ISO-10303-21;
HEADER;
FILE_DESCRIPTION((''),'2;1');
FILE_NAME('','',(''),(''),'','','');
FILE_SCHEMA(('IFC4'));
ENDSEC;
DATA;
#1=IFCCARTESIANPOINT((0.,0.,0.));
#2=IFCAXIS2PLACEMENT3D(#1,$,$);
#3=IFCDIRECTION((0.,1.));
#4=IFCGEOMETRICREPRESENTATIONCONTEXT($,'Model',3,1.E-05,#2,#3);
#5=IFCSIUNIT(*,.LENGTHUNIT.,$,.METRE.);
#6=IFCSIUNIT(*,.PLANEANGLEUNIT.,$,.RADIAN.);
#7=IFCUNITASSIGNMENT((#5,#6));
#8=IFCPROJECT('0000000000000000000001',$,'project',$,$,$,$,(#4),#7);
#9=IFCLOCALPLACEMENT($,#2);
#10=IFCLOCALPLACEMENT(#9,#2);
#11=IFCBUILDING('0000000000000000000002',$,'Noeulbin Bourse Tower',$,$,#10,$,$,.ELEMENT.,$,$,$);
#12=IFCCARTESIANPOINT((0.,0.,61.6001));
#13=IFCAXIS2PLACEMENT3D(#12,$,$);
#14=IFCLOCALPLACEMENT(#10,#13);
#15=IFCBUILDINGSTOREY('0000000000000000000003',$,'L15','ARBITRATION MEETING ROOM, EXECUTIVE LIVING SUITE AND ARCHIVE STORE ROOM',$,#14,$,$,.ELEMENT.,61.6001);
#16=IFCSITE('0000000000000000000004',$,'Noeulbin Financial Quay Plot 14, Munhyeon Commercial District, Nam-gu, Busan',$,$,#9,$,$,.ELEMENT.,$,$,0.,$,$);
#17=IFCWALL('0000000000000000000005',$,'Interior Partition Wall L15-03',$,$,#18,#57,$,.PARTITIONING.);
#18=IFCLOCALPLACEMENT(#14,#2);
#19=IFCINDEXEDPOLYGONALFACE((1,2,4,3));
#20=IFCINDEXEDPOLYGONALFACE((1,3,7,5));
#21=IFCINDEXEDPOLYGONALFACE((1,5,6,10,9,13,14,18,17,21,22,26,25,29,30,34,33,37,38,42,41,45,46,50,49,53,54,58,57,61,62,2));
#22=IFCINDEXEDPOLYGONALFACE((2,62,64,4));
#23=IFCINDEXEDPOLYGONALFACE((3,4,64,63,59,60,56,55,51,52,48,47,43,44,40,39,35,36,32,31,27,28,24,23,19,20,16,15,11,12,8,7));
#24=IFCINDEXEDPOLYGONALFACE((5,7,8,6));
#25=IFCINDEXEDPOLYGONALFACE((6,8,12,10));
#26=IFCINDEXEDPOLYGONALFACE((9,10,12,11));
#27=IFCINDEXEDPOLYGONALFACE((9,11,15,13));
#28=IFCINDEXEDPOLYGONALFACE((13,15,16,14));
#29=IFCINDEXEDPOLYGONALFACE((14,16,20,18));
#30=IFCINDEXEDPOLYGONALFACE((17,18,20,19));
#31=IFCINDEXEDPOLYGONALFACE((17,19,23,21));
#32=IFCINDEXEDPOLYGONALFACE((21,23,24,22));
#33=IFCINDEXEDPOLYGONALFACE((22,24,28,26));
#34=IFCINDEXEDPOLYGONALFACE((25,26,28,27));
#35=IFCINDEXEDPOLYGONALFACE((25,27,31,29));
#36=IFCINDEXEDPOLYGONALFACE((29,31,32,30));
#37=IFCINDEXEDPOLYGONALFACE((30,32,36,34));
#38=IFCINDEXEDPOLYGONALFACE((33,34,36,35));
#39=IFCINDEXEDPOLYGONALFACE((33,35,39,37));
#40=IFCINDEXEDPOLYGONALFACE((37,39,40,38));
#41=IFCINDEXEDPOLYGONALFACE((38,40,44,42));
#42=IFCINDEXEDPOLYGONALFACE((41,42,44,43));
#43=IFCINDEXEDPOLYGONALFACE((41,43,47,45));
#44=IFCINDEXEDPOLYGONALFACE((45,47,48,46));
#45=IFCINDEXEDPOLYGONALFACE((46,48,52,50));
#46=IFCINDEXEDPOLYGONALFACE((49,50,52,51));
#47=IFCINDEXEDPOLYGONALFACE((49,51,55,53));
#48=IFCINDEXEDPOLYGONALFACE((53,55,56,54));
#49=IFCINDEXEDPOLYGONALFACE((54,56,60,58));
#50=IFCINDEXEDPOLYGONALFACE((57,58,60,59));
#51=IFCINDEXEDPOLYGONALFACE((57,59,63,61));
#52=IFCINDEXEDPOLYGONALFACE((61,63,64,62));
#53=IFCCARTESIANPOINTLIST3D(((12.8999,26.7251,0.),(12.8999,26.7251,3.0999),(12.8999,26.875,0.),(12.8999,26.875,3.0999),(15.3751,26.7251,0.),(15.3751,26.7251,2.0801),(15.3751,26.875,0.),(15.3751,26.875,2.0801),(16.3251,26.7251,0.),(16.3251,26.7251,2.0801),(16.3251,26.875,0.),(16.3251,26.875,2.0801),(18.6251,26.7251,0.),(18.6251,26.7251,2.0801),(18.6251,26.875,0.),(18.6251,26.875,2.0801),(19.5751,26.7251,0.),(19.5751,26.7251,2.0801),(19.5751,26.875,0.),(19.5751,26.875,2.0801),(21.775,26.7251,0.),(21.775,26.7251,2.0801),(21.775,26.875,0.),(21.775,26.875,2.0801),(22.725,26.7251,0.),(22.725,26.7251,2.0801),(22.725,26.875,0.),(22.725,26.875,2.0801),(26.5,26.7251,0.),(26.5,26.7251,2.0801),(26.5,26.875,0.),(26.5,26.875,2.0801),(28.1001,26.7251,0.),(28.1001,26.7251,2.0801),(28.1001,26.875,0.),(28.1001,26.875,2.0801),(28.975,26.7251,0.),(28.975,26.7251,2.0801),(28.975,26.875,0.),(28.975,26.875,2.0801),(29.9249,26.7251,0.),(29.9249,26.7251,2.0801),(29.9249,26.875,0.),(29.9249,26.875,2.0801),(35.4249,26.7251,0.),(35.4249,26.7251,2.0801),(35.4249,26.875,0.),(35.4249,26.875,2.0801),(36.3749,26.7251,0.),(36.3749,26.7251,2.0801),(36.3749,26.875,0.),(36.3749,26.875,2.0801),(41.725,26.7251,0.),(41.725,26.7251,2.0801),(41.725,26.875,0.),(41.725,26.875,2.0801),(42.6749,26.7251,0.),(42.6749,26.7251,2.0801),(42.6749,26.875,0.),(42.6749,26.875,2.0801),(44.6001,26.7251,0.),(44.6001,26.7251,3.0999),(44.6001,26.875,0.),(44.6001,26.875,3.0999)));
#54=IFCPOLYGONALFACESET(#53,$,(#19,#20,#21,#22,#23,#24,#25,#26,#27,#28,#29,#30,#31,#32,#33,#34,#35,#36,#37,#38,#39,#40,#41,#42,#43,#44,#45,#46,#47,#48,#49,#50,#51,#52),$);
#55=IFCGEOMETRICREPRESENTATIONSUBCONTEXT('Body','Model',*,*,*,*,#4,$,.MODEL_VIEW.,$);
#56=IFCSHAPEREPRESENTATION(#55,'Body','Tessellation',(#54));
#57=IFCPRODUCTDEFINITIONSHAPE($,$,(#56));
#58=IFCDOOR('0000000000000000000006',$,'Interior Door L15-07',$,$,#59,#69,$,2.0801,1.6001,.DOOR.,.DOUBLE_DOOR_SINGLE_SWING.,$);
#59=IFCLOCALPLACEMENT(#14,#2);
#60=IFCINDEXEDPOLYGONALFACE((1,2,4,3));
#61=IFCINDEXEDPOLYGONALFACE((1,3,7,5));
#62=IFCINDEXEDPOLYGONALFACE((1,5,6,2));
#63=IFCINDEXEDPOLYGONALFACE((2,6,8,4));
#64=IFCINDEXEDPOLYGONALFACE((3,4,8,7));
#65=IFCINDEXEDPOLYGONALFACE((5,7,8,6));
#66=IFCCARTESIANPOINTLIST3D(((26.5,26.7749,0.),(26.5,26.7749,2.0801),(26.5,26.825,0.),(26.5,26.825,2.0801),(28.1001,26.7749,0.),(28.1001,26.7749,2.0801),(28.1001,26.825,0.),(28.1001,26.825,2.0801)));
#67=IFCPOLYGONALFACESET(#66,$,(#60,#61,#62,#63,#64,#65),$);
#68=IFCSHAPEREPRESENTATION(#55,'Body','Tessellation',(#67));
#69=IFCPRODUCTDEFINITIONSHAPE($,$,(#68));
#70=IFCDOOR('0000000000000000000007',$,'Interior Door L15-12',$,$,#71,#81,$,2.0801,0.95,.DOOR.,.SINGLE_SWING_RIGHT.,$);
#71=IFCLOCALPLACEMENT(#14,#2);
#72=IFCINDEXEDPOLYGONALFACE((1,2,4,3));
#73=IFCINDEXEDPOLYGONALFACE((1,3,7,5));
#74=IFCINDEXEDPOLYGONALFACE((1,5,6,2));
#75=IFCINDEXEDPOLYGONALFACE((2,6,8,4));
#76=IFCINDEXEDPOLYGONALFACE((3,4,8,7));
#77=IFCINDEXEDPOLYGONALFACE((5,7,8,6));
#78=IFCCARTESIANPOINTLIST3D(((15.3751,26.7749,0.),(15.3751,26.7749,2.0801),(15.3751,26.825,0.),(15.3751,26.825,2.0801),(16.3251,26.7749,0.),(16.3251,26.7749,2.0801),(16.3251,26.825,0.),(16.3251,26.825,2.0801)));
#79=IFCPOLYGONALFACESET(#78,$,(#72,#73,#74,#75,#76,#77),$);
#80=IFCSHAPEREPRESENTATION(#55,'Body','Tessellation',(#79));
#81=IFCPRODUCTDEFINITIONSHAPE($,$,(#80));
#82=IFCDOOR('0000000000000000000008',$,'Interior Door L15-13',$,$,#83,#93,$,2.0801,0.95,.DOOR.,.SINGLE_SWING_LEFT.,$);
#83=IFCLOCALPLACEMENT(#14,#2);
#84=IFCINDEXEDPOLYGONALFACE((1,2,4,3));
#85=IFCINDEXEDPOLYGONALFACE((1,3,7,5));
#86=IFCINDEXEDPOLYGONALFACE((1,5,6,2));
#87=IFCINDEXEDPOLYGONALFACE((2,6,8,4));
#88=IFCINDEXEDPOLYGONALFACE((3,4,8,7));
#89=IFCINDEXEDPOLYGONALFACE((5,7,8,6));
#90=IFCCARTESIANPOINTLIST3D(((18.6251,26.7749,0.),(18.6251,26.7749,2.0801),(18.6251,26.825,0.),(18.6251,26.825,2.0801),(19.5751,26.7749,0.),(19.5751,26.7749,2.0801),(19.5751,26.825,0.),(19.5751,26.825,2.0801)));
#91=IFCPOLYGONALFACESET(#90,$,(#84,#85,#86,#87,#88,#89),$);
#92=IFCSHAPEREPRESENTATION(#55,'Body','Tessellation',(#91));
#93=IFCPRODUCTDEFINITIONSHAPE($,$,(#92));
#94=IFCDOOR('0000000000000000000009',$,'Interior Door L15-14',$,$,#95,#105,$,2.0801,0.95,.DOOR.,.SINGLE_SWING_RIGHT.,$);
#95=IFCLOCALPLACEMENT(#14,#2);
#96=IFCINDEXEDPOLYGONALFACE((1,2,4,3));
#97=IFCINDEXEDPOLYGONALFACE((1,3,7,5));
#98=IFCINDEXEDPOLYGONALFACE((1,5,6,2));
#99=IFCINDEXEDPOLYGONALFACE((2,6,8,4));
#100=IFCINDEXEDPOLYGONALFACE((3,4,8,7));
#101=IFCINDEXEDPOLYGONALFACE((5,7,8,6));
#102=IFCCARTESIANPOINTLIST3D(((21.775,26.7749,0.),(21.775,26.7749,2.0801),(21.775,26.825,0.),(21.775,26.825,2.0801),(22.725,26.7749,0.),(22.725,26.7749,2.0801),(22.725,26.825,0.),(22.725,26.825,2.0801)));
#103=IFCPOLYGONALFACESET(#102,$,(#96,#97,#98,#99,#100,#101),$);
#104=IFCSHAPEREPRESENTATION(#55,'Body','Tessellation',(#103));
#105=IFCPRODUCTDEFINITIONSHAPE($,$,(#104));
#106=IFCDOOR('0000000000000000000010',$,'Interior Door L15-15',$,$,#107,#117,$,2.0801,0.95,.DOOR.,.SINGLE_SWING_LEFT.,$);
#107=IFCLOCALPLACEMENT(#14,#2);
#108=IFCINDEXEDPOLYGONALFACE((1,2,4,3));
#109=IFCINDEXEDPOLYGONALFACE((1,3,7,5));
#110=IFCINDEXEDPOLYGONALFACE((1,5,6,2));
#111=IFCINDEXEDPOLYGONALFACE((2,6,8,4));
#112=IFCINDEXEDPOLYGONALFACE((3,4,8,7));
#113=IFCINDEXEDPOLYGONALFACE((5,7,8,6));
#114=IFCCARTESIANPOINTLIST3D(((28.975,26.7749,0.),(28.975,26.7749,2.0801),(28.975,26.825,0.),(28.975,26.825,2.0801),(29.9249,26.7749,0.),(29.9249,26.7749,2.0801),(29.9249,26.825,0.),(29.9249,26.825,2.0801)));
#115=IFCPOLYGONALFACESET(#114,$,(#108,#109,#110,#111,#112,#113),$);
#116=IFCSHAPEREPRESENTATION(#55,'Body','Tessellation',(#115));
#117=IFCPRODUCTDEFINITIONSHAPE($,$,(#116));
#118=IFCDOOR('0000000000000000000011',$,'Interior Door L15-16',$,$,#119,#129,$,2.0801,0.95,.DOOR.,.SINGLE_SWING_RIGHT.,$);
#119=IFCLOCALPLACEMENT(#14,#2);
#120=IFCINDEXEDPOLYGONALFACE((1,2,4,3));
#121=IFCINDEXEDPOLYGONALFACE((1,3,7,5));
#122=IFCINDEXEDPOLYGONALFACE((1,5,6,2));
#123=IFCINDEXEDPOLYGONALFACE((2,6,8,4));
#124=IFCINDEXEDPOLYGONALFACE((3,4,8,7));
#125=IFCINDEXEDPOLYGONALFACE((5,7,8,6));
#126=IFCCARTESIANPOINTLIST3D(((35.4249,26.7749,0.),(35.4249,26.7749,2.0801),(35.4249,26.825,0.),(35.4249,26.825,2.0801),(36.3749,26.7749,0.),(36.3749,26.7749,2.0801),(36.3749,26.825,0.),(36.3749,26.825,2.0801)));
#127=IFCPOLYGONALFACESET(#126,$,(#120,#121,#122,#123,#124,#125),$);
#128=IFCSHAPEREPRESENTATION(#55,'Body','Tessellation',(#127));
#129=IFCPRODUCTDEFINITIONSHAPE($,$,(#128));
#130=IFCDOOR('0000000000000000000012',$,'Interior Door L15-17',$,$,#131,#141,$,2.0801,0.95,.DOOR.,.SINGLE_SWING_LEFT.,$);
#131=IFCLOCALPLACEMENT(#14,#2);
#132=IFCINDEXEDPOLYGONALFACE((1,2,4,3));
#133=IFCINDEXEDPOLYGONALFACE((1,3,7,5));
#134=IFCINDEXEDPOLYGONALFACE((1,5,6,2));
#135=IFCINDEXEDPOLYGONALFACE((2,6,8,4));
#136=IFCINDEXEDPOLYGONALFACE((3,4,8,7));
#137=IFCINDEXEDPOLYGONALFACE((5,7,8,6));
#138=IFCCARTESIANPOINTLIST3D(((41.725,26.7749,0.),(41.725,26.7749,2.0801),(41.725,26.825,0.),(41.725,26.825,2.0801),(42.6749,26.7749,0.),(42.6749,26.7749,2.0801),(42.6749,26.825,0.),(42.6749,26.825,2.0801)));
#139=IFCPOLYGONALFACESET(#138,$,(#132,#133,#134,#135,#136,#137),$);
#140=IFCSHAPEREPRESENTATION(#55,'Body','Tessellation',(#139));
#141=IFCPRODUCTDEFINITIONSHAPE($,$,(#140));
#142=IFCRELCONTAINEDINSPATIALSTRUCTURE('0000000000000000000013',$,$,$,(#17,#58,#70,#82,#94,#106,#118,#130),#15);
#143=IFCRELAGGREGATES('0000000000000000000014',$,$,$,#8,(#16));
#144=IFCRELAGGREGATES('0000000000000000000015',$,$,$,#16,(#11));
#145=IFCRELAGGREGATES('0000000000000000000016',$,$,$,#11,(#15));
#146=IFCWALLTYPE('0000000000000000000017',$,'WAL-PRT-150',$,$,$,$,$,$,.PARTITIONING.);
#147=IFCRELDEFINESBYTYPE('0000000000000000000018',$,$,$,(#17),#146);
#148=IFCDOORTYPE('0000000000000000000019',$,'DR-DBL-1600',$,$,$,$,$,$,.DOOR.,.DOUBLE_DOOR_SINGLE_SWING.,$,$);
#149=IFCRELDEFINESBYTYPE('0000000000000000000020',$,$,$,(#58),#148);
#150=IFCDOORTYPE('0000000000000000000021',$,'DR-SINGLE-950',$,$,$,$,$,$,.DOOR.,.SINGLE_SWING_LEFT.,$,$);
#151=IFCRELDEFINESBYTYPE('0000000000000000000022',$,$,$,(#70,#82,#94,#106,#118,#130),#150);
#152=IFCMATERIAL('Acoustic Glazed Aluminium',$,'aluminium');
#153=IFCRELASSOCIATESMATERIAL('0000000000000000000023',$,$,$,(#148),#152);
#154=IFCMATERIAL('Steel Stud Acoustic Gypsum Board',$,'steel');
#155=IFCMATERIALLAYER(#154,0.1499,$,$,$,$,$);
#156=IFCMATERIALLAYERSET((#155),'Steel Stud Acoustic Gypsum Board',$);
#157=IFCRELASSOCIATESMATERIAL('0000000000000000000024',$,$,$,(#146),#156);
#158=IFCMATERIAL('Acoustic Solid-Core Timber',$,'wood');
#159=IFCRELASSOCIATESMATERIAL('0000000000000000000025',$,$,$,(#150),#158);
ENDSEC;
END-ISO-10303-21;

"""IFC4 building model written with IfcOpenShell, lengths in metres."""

from ifc_helpers import new_model, si_unit, direction, frame, frame_2d, origin, place, context, subcontext, project, spatial, rectangle, extrude, material, layer, layer_set, type_object, element, fill, save


model = new_model("IFC4")

# Units and contexts
model_context = context("Model", 3, precision=1e-05, world=origin(), true_north=direction((0.0, 1.0)))
body_context = subcontext(model_context, "Body", "Model", "MODEL_VIEW")
ifc_project = project(units=[si_unit("LENGTHUNIT", "METRE"), si_unit("PLANEANGLEUNIT", "RADIAN")], contexts=[model_context])

# Site, building, storey
site_placement = place(None, origin())
site = spatial("IfcSite", under=ifc_project, at=site_placement, Name="Noeulbin Financial Quay Plot 14, Munhyeon Commercial District, Nam-gu, Busan", CompositionType="ELEMENT", RefElevation=0.0)
building_placement = place(site_placement, origin())
building = spatial("IfcBuilding", under=site, at=building_placement, Name="Noeulbin Bourse Tower", CompositionType="ELEMENT")
storey_placement = place(building_placement, frame((0.0, 0.0, 61.6001)))
storey = spatial("IfcBuildingStorey", under=building, at=storey_placement, Name="L15", Description="ARBITRATION MEETING ROOM, EXECUTIVE LIVING SUITE AND ARCHIVE STORE ROOM", CompositionType="ELEMENT", Elevation=61.6001)

# Shared definitions
ifc_material_1 = material(Name="Acoustic Glazed Aluminium", Category="aluminium")
door_type_1 = type_object("IfcDoorType", Name="DR-DBL-1600", OperationType="DOUBLE_DOOR_SINGLE_SWING", PredefinedType="DOOR", material=ifc_material_1)

# Wall, openings, doors
ifc_material_2 = material(Name="Steel Stud Acoustic Gypsum Board", Category="steel")
ifc_layer_1 = layer(ifc_material_2, 0.1499)
ifc_layer_set_1 = layer_set([ifc_layer_1], Name="Steel Stud Acoustic Gypsum Board")
wall_type_1 = type_object("IfcWallType", Name="WAL-PRT-150", PredefinedType="PARTITIONING", material=ifc_layer_set_1)
wall_1_placement = place(storey_placement, frame((12.8999, 26.8, 0.0), z_axis=(0.0, 0.0, 1.0), x_axis=(1.0, 0.0, 0.0)))
wall_1 = element("IfcWall", 1, at=wall_1_placement, inside=storey, type_object=wall_type_1, Name="Interior Partition Wall L15-03", PredefinedType="PARTITIONING", context=body_context, shape_type="SweptSolid", body=[
    extrude(rectangle(XDim=31.7002, YDim=0.1499, at=frame_2d((15.8501, 0.0))), origin(), (0.0, 0.0, 1.0), 3.0999),
])
opening_1_placement = place(wall_1_placement, frame((13.6001, 0.0, 0.0)))
opening_1 = element("IfcOpeningElement", 2, at=opening_1_placement, cuts=wall_1, PredefinedType="OPENING", context=body_context, shape_type="SweptSolid", body=[
    extrude(rectangle(XDim=1.6001, YDim=2.0801, at=frame_2d((0.8, 1.04))), frame((0.0, 0.085, 0.0), z_axis=(0.0, -1.0, 0.0), x_axis=(1.0, 0.0, 0.0)), (0.0, 0.0, 1.0), 0.1699),
])
opening_2_placement = place(wall_1_placement, frame((2.4751, 0.0, 0.0)))
opening_2 = element("IfcOpeningElement", 3, at=opening_2_placement, cuts=wall_1, PredefinedType="OPENING", context=body_context, shape_type="SweptSolid", body=[
    extrude(rectangle(XDim=0.95, YDim=2.0801, at=frame_2d((0.4751, 1.04))), frame((0.0, 0.085, 0.0), z_axis=(0.0, -1.0, 0.0), x_axis=(1.0, 0.0, 0.0)), (0.0, 0.0, 1.0), 0.1699),
])
opening_3_placement = place(wall_1_placement, frame((5.7251, 0.0, 0.0)))
opening_3 = element("IfcOpeningElement", 4, at=opening_3_placement, cuts=wall_1, PredefinedType="OPENING", context=body_context, shape_type="SweptSolid", body=[
    extrude(rectangle(XDim=0.95, YDim=2.0801, at=frame_2d((0.4751, 1.04))), frame((0.0, 0.085, 0.0), z_axis=(0.0, -1.0, 0.0), x_axis=(1.0, 0.0, 0.0)), (0.0, 0.0, 1.0), 0.1699),
])
opening_4_placement = place(wall_1_placement, frame((8.875, 0.0, 0.0)))
opening_4 = element("IfcOpeningElement", 5, at=opening_4_placement, cuts=wall_1, PredefinedType="OPENING", context=body_context, shape_type="SweptSolid", body=[
    extrude(rectangle(XDim=0.95, YDim=2.0801, at=frame_2d((0.4751, 1.04))), frame((0.0, 0.085, 0.0), z_axis=(0.0, -1.0, 0.0), x_axis=(1.0, 0.0, 0.0)), (0.0, 0.0, 1.0), 0.1699),
])
opening_5_placement = place(wall_1_placement, frame((16.075, 0.0, 0.0)))
opening_5 = element("IfcOpeningElement", 6, at=opening_5_placement, cuts=wall_1, PredefinedType="OPENING", context=body_context, shape_type="SweptSolid", body=[
    extrude(rectangle(XDim=0.95, YDim=2.0801, at=frame_2d((0.4751, 1.04))), frame((0.0, 0.085, 0.0), z_axis=(0.0, -1.0, 0.0), x_axis=(1.0, 0.0, 0.0)), (0.0, 0.0, 1.0), 0.1699),
])
opening_6_placement = place(wall_1_placement, frame((22.5249, 0.0, 0.0)))
opening_6 = element("IfcOpeningElement", 7, at=opening_6_placement, cuts=wall_1, PredefinedType="OPENING", context=body_context, shape_type="SweptSolid", body=[
    extrude(rectangle(XDim=0.95, YDim=2.0801, at=frame_2d((0.4751, 1.04))), frame((0.0, 0.085, 0.0), z_axis=(0.0, -1.0, 0.0), x_axis=(1.0, 0.0, 0.0)), (0.0, 0.0, 1.0), 0.1699),
])
opening_7_placement = place(wall_1_placement, frame((28.825, 0.0, 0.0)))
opening_7 = element("IfcOpeningElement", 8, at=opening_7_placement, cuts=wall_1, PredefinedType="OPENING", context=body_context, shape_type="SweptSolid", body=[
    extrude(rectangle(XDim=0.95, YDim=2.0801, at=frame_2d((0.4751, 1.04))), frame((0.0, 0.085, 0.0), z_axis=(0.0, -1.0, 0.0), x_axis=(1.0, 0.0, 0.0)), (0.0, 0.0, 1.0), 0.1699),
])
door_1_placement = place(opening_1_placement, origin())
door_1 = element("IfcDoor", 9, at=door_1_placement, inside=storey, type_object=door_type_1, Name="Interior Door L15-07", OperationType="DOUBLE_DOOR_SINGLE_SWING", OverallHeight=2.0801, OverallWidth=1.6001, PredefinedType="DOOR", context=body_context, shape_type="SweptSolid", body=[
    extrude(rectangle(XDim=1.6001, YDim=2.0801, at=frame_2d((0.8, 1.04))), frame((0.0, 0.0249, 0.0), z_axis=(0.0, -1.0, 0.0), x_axis=(1.0, 0.0, 0.0)), (0.0, 0.0, 1.0), 0.05),
])
fill(opening_1, door_1)
ifc_material_3 = material(Name="Acoustic Solid-Core Timber", Category="wood")
door_type_2 = type_object("IfcDoorType", Name="DR-SINGLE-950", OperationType="SINGLE_SWING_LEFT", PredefinedType="DOOR", material=ifc_material_3)
door_2_placement = place(opening_2_placement, origin())
door_2 = element("IfcDoor", 10, at=door_2_placement, inside=storey, type_object=door_type_2, Name="Interior Door L15-12", OperationType="SINGLE_SWING_RIGHT", OverallHeight=2.0801, OverallWidth=0.95, PredefinedType="DOOR", context=body_context, shape_type="SweptSolid", body=[
    extrude(rectangle(XDim=0.95, YDim=2.0801, at=frame_2d((0.4751, 1.04))), frame((0.0, 0.0249, 0.0), z_axis=(0.0, -1.0, 0.0), x_axis=(1.0, 0.0, 0.0)), (0.0, 0.0, 1.0), 0.05),
])
fill(opening_2, door_2)
door_3_placement = place(opening_3_placement, origin())
door_3 = element("IfcDoor", 11, at=door_3_placement, inside=storey, type_object=door_type_2, Name="Interior Door L15-13", OperationType="SINGLE_SWING_LEFT", OverallHeight=2.0801, OverallWidth=0.95, PredefinedType="DOOR", context=body_context, shape_type="SweptSolid", body=[
    extrude(rectangle(XDim=0.95, YDim=2.0801, at=frame_2d((0.4751, 1.04))), frame((0.0, 0.0249, 0.0), z_axis=(0.0, -1.0, 0.0), x_axis=(1.0, 0.0, 0.0)), (0.0, 0.0, 1.0), 0.05),
])
fill(opening_3, door_3)
door_4_placement = place(opening_4_placement, origin())
door_4 = element("IfcDoor", 12, at=door_4_placement, inside=storey, type_object=door_type_2, Name="Interior Door L15-14", OperationType="SINGLE_SWING_RIGHT", OverallHeight=2.0801, OverallWidth=0.95, PredefinedType="DOOR", context=body_context, shape_type="SweptSolid", body=[
    extrude(rectangle(XDim=0.95, YDim=2.0801, at=frame_2d((0.4751, 1.04))), frame((0.0, 0.0249, 0.0), z_axis=(0.0, -1.0, 0.0), x_axis=(1.0, 0.0, 0.0)), (0.0, 0.0, 1.0), 0.05),
])
fill(opening_4, door_4)
door_5_placement = place(opening_5_placement, origin())
door_5 = element("IfcDoor", 13, at=door_5_placement, inside=storey, type_object=door_type_2, Name="Interior Door L15-15", OperationType="SINGLE_SWING_LEFT", OverallHeight=2.0801, OverallWidth=0.95, PredefinedType="DOOR", context=body_context, shape_type="SweptSolid", body=[
    extrude(rectangle(XDim=0.95, YDim=2.0801, at=frame_2d((0.4751, 1.04))), frame((0.0, 0.0249, 0.0), z_axis=(0.0, -1.0, 0.0), x_axis=(1.0, 0.0, 0.0)), (0.0, 0.0, 1.0), 0.05),
])
fill(opening_5, door_5)
door_6_placement = place(opening_6_placement, origin())
door_6 = element("IfcDoor", 14, at=door_6_placement, inside=storey, type_object=door_type_2, Name="Interior Door L15-16", OperationType="SINGLE_SWING_RIGHT", OverallHeight=2.0801, OverallWidth=0.95, PredefinedType="DOOR", context=body_context, shape_type="SweptSolid", body=[
    extrude(rectangle(XDim=0.95, YDim=2.0801, at=frame_2d((0.4751, 1.04))), frame((0.0, 0.0249, 0.0), z_axis=(0.0, -1.0, 0.0), x_axis=(1.0, 0.0, 0.0)), (0.0, 0.0, 1.0), 0.05),
])
fill(opening_6, door_6)
door_7_placement = place(opening_7_placement, origin())
door_7 = element("IfcDoor", 15, at=door_7_placement, inside=storey, type_object=door_type_2, Name="Interior Door L15-17", OperationType="SINGLE_SWING_LEFT", OverallHeight=2.0801, OverallWidth=0.95, PredefinedType="DOOR", context=body_context, shape_type="SweptSolid", body=[
    extrude(rectangle(XDim=0.95, YDim=2.0801, at=frame_2d((0.4751, 1.04))), frame((0.0, 0.0249, 0.0), z_axis=(0.0, -1.0, 0.0), x_axis=(1.0, 0.0, 0.0)), (0.0, 0.0, 1.0), 0.05),
])
fill(opening_7, door_7)

save(model, "model.ifc")
